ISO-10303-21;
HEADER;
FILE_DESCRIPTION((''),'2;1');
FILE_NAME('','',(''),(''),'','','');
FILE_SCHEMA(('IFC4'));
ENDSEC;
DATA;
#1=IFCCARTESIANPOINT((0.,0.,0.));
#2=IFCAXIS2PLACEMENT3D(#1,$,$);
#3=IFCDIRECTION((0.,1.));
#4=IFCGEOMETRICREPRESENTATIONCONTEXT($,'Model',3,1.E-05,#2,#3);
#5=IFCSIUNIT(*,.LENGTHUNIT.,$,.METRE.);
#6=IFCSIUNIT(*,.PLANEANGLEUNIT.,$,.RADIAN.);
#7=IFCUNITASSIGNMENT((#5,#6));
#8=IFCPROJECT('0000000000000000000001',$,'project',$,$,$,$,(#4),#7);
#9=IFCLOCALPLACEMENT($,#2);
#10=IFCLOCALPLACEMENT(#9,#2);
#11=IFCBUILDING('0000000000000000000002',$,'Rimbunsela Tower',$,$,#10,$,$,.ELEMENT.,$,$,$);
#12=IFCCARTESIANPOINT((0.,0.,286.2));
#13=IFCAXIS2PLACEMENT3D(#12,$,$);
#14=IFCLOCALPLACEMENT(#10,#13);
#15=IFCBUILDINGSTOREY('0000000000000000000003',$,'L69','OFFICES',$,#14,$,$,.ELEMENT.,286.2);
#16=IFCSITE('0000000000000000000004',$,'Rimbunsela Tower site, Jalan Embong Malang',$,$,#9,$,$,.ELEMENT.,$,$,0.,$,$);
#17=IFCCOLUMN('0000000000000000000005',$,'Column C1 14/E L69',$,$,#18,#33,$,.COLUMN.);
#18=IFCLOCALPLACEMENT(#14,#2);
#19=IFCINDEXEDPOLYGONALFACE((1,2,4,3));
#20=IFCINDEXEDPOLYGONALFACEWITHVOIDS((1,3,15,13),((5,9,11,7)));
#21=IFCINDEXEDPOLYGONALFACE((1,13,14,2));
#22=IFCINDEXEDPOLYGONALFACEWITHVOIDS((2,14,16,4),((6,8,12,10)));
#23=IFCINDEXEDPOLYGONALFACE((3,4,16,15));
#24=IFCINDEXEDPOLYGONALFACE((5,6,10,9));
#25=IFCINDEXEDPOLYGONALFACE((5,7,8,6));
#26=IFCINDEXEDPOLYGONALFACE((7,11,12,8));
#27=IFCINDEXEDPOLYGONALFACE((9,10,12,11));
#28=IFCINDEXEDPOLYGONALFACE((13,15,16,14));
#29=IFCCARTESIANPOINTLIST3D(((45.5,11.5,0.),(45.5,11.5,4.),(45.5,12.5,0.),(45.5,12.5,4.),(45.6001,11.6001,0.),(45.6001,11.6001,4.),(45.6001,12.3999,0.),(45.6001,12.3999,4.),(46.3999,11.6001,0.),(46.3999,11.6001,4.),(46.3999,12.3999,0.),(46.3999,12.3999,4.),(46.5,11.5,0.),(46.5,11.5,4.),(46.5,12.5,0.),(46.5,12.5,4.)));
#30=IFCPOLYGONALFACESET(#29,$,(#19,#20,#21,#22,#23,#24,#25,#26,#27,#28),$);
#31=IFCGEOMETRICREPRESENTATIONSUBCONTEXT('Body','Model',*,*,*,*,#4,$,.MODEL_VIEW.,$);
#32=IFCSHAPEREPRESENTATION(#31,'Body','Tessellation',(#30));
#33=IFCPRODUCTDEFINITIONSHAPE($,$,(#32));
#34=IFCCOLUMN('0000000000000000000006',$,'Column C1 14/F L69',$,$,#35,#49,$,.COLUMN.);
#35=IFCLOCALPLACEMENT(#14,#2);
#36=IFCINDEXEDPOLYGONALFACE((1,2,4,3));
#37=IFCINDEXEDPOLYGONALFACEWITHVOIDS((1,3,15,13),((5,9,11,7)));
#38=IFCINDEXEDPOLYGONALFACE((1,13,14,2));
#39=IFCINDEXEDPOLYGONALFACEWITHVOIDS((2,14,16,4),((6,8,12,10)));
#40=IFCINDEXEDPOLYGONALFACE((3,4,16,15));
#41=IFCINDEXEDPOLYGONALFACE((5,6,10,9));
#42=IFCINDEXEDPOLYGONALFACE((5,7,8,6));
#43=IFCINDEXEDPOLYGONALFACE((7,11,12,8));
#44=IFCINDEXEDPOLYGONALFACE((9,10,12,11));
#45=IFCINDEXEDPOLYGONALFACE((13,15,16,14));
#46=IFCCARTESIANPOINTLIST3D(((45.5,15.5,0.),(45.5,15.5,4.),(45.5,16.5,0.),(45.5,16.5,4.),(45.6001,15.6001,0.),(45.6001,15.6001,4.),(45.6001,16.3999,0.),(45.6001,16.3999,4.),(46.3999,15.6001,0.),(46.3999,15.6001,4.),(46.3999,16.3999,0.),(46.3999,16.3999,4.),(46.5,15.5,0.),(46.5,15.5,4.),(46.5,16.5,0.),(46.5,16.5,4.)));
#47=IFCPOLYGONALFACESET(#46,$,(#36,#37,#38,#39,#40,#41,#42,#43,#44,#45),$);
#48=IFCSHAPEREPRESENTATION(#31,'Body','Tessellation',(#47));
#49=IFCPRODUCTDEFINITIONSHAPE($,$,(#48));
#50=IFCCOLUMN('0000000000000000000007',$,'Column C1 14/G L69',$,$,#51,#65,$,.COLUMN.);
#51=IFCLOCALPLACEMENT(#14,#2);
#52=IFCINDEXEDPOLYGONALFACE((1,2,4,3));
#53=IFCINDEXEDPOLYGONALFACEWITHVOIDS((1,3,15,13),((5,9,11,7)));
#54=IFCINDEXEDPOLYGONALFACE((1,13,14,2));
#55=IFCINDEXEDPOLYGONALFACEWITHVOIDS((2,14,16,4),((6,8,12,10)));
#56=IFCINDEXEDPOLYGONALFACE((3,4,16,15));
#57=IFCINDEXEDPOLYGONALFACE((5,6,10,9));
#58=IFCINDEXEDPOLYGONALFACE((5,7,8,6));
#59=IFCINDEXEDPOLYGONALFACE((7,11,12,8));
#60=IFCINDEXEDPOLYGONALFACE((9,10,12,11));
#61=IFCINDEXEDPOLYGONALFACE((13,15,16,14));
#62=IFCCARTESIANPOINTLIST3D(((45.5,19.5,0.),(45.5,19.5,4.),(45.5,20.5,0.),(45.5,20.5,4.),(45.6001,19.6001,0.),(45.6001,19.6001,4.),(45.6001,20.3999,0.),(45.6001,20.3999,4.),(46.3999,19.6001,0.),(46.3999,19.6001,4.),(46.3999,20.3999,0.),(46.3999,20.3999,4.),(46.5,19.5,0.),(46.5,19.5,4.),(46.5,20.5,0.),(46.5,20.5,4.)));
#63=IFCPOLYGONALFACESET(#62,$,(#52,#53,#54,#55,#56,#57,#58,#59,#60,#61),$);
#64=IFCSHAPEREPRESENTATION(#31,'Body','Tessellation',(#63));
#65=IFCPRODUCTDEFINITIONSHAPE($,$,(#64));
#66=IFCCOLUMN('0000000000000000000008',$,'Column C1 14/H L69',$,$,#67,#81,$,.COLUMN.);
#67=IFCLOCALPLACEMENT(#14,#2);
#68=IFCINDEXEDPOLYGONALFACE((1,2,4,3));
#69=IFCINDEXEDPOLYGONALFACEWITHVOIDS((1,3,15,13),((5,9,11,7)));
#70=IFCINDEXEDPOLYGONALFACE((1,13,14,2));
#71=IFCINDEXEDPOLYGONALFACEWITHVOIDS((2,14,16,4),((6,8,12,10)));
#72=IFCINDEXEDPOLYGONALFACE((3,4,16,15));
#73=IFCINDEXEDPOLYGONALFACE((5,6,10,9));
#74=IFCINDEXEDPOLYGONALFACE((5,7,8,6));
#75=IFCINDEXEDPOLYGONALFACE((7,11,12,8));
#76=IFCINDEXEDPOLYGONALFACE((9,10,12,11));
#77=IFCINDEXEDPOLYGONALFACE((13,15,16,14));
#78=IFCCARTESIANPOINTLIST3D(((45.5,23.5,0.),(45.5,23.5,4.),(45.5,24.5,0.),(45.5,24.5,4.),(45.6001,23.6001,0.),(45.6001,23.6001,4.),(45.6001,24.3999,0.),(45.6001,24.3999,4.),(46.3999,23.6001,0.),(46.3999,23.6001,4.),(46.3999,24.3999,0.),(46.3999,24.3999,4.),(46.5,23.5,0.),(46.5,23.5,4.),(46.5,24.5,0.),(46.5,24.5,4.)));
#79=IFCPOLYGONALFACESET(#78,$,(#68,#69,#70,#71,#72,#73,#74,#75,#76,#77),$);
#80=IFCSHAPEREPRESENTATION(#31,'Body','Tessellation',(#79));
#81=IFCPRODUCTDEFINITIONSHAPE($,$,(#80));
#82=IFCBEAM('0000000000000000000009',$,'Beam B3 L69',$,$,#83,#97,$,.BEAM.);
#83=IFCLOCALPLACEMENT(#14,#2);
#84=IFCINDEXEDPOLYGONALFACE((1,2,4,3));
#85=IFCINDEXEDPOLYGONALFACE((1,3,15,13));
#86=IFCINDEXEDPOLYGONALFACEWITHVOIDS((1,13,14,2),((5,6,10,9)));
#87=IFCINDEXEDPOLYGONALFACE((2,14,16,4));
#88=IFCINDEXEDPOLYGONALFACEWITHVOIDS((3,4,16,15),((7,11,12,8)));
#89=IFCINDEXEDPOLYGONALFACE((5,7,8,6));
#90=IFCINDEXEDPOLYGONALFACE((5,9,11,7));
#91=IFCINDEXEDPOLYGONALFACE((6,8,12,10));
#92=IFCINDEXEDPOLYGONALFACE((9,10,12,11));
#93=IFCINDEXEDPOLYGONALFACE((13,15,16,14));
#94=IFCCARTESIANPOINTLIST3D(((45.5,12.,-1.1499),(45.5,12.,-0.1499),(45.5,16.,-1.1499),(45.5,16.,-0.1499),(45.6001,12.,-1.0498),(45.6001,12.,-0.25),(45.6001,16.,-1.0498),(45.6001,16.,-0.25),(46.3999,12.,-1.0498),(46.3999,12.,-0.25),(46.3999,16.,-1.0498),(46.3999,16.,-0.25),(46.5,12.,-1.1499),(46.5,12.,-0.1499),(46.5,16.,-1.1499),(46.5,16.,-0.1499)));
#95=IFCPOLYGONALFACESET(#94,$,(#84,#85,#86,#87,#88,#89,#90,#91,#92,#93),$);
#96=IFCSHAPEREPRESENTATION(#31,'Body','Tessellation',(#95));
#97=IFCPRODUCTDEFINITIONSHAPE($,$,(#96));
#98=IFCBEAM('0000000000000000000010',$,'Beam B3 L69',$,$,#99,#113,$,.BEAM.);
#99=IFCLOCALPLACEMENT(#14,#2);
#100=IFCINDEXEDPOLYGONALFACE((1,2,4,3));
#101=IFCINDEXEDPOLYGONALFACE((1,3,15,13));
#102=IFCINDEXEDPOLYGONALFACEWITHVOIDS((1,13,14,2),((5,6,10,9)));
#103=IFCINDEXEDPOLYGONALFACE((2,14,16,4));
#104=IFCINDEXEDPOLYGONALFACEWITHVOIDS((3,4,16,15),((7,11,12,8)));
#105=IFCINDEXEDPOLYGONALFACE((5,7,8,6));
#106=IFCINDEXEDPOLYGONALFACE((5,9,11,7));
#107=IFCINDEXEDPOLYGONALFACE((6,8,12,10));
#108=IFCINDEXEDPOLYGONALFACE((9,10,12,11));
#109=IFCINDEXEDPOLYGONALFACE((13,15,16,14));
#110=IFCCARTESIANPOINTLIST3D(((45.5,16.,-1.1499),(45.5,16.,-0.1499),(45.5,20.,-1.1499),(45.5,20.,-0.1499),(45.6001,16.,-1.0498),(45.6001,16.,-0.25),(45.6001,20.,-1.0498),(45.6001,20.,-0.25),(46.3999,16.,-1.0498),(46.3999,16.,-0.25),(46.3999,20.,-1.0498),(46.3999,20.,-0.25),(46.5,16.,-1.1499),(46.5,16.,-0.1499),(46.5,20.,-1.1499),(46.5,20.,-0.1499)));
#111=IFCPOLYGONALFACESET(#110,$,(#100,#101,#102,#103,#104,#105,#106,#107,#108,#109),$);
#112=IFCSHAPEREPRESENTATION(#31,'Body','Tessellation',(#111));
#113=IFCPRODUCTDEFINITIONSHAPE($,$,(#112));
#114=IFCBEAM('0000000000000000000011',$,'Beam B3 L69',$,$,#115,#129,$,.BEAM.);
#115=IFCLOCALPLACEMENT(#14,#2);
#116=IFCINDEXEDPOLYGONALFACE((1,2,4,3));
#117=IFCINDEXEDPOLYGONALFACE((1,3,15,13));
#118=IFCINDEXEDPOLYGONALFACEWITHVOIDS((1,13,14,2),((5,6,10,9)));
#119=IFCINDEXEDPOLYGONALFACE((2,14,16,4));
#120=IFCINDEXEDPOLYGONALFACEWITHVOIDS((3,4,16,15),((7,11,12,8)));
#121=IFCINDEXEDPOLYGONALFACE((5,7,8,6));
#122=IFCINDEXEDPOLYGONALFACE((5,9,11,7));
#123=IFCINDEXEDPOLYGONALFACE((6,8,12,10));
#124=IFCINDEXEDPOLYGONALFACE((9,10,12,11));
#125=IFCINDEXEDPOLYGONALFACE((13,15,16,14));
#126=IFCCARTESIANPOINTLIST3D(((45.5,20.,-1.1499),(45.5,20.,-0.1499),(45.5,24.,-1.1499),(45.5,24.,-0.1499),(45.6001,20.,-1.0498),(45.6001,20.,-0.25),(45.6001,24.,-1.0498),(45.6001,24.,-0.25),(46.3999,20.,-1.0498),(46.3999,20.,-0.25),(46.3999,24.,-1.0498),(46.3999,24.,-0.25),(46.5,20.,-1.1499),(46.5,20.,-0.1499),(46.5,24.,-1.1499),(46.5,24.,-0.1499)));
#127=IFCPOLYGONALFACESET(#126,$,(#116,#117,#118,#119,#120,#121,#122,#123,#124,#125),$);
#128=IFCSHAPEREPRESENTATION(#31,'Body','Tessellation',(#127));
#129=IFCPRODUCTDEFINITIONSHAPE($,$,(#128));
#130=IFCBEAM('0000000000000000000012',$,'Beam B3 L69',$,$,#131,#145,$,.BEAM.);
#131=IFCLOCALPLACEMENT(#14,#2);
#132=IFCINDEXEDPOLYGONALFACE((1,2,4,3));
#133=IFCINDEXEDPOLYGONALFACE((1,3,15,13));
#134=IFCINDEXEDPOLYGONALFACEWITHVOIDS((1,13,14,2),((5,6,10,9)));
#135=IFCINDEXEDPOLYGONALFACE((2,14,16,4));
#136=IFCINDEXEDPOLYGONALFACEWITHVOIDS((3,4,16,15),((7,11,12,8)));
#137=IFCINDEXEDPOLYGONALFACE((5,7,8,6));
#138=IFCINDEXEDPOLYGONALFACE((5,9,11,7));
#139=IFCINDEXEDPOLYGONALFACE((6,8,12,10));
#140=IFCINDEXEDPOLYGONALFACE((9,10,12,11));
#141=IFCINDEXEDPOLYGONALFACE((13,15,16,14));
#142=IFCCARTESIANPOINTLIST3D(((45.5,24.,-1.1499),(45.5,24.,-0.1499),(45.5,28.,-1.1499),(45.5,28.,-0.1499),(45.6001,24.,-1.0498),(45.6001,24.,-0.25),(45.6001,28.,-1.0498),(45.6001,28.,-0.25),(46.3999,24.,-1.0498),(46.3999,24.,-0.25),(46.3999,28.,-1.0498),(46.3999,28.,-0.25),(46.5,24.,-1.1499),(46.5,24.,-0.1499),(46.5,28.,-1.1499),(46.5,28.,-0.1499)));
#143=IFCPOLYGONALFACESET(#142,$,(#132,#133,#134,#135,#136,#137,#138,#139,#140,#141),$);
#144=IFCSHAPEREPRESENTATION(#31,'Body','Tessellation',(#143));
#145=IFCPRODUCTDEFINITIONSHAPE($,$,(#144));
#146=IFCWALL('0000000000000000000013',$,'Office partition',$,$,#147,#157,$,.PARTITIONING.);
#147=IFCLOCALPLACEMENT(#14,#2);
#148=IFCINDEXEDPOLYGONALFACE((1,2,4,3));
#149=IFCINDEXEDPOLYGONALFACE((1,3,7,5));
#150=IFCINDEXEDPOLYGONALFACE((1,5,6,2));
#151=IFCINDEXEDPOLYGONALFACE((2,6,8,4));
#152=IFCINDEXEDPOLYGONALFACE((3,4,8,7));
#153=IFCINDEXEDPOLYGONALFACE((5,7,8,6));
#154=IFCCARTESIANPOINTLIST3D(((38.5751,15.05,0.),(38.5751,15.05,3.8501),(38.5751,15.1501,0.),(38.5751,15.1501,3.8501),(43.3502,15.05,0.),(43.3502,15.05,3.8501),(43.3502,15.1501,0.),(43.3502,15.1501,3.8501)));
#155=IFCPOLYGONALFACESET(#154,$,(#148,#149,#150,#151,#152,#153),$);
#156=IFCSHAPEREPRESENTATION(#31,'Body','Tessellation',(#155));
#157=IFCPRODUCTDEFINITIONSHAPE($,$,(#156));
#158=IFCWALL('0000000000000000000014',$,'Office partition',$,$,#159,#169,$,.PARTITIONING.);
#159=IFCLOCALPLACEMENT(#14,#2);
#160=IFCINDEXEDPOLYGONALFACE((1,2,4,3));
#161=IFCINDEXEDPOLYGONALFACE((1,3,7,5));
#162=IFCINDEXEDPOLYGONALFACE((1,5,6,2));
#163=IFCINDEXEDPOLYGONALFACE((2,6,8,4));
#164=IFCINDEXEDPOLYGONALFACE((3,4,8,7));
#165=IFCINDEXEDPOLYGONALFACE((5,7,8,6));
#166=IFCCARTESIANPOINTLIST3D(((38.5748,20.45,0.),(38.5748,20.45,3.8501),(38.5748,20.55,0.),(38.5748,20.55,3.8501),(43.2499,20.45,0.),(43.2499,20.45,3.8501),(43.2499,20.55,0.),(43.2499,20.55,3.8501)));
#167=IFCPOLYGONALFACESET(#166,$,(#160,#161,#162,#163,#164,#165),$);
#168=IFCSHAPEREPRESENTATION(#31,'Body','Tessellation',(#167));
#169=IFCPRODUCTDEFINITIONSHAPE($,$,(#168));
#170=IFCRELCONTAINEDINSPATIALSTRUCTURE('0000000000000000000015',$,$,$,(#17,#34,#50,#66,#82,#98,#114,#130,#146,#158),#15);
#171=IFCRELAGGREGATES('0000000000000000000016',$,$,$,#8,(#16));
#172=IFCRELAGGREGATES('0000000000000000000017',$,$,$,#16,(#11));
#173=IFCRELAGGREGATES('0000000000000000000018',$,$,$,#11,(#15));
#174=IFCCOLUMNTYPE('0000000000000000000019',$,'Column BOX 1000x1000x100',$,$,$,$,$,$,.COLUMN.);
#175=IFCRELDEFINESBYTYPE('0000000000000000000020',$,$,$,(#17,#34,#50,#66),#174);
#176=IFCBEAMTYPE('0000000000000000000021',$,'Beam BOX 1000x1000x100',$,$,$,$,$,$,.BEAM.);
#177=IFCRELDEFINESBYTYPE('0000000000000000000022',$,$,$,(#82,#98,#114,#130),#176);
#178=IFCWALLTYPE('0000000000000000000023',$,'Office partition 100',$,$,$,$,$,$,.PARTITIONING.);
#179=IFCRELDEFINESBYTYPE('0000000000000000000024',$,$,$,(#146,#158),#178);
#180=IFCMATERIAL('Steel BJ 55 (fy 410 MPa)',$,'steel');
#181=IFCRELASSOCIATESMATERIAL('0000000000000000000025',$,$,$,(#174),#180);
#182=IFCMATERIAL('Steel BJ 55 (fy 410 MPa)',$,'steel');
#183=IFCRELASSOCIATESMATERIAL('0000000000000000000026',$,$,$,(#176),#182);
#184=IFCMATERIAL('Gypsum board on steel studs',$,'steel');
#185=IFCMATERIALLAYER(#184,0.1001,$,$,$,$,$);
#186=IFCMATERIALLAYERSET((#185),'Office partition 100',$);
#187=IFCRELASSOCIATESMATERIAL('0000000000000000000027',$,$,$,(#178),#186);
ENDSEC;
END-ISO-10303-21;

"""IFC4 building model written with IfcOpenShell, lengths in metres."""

from ifc_helpers import new_model, si_unit, direction, frame, frame_2d, origin, origin_2d, place, context, subcontext, project, spatial, rectangle, hollow_rectangle, extrude, material, layer, layer_set, material_profile, profile_set, type_object, element, save


model = new_model("IFC4")

# Units and contexts
model_context = context("Model", 3, precision=1e-05, world=origin(), true_north=direction((0.0, 1.0)))
body_context = subcontext(model_context, "Body", "Model", "MODEL_VIEW")
ifc_project = project(units=[si_unit("LENGTHUNIT", "METRE"), si_unit("PLANEANGLEUNIT", "RADIAN")], contexts=[model_context])

# Site, building, storey
site_placement = place(None, origin())
site = spatial("IfcSite", under=ifc_project, at=site_placement, Name="Rimbunsela Tower site, Jalan Embong Malang", CompositionType="ELEMENT", RefElevation=0.0)
building_placement = place(site_placement, origin())
building = spatial("IfcBuilding", under=site, at=building_placement, Name="Rimbunsela Tower", CompositionType="ELEMENT")
storey_placement = place(building_placement, frame((0.0, 0.0, 286.2)))
storey = spatial("IfcBuildingStorey", under=building, at=storey_placement, Name="L69", Description="OFFICES", CompositionType="ELEMENT", Elevation=286.2)

# Columns
ifc_material_1 = material(Name="Steel BJ 55 (fy 410 MPa)", Category="steel")
ifc_material_profile_1 = material_profile(ifc_material_1, hollow_rectangle(XDim=1.0, YDim=1.0, WallThickness=0.1001, at=origin_2d()), Name="BOX 1000x1000x100")
ifc_profile_set_1 = profile_set([ifc_material_profile_1], Name="Steel BJ 55 (fy 410 MPa)")
column_type = type_object("IfcColumnType", Name="Column BOX 1000x1000x100", PredefinedType="COLUMN", material=ifc_profile_set_1)
for number, where, z_axis, x_axis, name in (
    (1, (46.0, 12.0, 0.0), (0.0, 0.0, 1.0), (1.0, 0.0, 0.0), "Column C1 14/E L69"),
    (2, (46.0, 16.0, 0.0), (0.0, 0.0, 1.0), (1.0, 0.0, 0.0), "Column C1 14/F L69"),
    (3, (46.0, 20.0, 0.0), (0.0, 0.0, 1.0), (1.0, 0.0, 0.0), "Column C1 14/G L69"),
    (4, (46.0, 24.0, 0.0), (0.0, 0.0, 1.0), (1.0, 0.0, 0.0), "Column C1 14/H L69"),
):
    element("IfcColumn", number, at=place(storey_placement, frame(where, z_axis=z_axis, x_axis=x_axis)), inside=storey, type_object=column_type, Name=name, PredefinedType="COLUMN", context=body_context, shape_type="SweptSolid", body=[
        extrude(hollow_rectangle(XDim=1.0, YDim=1.0, WallThickness=0.1001, at=origin_2d()), origin(), (0.0, 0.0, 1.0), 4.0),
    ])

# Beams
ifc_material_2 = material(Name="Steel BJ 55 (fy 410 MPa)", Category="steel")
ifc_material_profile_2 = material_profile(ifc_material_2, hollow_rectangle(XDim=1.0, YDim=1.0, WallThickness=0.1001, at=origin_2d()), Name="BOX 1000x1000x100")
ifc_profile_set_2 = profile_set([ifc_material_profile_2], Name="Steel BJ 55 (fy 410 MPa)")
beam_type = type_object("IfcBeamType", Name="Beam BOX 1000x1000x100", PredefinedType="BEAM", material=ifc_profile_set_2)
for number, where, z_axis, x_axis, name in (
    (5, (46.0, 12.0, -0.6499), (0.0, 1.0, 0.0), (-1.0, 0.0, 0.0), "Beam B3 L69"),
    (6, (46.0, 16.0, -0.6499), (0.0, 1.0, 0.0), (-1.0, 0.0, 0.0), "Beam B3 L69"),
    (7, (46.0, 20.0, -0.6499), (0.0, 1.0, 0.0), (-1.0, 0.0, 0.0), "Beam B3 L69"),
    (8, (46.0, 24.0, -0.6499), (0.0, 1.0, 0.0), (-1.0, 0.0, 0.0), "Beam B3 L69"),
):
    element("IfcBeam", number, at=place(storey_placement, frame(where, z_axis=z_axis, x_axis=x_axis)), inside=storey, type_object=beam_type, Name=name, PredefinedType="BEAM", context=body_context, shape_type="SweptSolid", body=[
        extrude(hollow_rectangle(XDim=1.0, YDim=1.0, WallThickness=0.1001, at=origin_2d()), origin(), (0.0, 0.0, 1.0), 4.0),
    ])

# Walls
ifc_material_3 = material(Name="Gypsum board on steel studs", Category="steel")
ifc_layer_1 = layer(ifc_material_3, 0.1001)
ifc_layer_set_1 = layer_set([ifc_layer_1], Name="Office partition 100")
wall_type_1 = type_object("IfcWallType", Name="Office partition 100", PredefinedType="PARTITIONING", material=ifc_layer_set_1)
wall_1_placement = place(storey_placement, frame((38.575, 15.1001, 0.0), z_axis=(0.0, 0.0, 1.0), x_axis=(1.0, 0.0, 0.0)))
element("IfcWall", 9, at=wall_1_placement, inside=storey, type_object=wall_type_1, Name="Office partition", PredefinedType="PARTITIONING", context=body_context, shape_type="SweptSolid", body=[
    extrude(rectangle(XDim=4.7751, YDim=0.1001, at=frame_2d((2.3877, 0.0))), origin(), (0.0, 0.0, 1.0), 3.8501),
])
wall_2_placement = place(storey_placement, frame((38.575, 20.5, 0.0), z_axis=(0.0, 0.0, 1.0), x_axis=(1.0, 0.0, 0.0)))
element("IfcWall", 10, at=wall_2_placement, inside=storey, type_object=wall_type_1, Name="Office partition", PredefinedType="PARTITIONING", context=body_context, shape_type="SweptSolid", body=[
    extrude(rectangle(XDim=4.675, YDim=0.1001, at=frame_2d((2.3374, 0.0))), origin(), (0.0, 0.0, 1.0), 3.8501),
])

save(model, "model.ifc")
